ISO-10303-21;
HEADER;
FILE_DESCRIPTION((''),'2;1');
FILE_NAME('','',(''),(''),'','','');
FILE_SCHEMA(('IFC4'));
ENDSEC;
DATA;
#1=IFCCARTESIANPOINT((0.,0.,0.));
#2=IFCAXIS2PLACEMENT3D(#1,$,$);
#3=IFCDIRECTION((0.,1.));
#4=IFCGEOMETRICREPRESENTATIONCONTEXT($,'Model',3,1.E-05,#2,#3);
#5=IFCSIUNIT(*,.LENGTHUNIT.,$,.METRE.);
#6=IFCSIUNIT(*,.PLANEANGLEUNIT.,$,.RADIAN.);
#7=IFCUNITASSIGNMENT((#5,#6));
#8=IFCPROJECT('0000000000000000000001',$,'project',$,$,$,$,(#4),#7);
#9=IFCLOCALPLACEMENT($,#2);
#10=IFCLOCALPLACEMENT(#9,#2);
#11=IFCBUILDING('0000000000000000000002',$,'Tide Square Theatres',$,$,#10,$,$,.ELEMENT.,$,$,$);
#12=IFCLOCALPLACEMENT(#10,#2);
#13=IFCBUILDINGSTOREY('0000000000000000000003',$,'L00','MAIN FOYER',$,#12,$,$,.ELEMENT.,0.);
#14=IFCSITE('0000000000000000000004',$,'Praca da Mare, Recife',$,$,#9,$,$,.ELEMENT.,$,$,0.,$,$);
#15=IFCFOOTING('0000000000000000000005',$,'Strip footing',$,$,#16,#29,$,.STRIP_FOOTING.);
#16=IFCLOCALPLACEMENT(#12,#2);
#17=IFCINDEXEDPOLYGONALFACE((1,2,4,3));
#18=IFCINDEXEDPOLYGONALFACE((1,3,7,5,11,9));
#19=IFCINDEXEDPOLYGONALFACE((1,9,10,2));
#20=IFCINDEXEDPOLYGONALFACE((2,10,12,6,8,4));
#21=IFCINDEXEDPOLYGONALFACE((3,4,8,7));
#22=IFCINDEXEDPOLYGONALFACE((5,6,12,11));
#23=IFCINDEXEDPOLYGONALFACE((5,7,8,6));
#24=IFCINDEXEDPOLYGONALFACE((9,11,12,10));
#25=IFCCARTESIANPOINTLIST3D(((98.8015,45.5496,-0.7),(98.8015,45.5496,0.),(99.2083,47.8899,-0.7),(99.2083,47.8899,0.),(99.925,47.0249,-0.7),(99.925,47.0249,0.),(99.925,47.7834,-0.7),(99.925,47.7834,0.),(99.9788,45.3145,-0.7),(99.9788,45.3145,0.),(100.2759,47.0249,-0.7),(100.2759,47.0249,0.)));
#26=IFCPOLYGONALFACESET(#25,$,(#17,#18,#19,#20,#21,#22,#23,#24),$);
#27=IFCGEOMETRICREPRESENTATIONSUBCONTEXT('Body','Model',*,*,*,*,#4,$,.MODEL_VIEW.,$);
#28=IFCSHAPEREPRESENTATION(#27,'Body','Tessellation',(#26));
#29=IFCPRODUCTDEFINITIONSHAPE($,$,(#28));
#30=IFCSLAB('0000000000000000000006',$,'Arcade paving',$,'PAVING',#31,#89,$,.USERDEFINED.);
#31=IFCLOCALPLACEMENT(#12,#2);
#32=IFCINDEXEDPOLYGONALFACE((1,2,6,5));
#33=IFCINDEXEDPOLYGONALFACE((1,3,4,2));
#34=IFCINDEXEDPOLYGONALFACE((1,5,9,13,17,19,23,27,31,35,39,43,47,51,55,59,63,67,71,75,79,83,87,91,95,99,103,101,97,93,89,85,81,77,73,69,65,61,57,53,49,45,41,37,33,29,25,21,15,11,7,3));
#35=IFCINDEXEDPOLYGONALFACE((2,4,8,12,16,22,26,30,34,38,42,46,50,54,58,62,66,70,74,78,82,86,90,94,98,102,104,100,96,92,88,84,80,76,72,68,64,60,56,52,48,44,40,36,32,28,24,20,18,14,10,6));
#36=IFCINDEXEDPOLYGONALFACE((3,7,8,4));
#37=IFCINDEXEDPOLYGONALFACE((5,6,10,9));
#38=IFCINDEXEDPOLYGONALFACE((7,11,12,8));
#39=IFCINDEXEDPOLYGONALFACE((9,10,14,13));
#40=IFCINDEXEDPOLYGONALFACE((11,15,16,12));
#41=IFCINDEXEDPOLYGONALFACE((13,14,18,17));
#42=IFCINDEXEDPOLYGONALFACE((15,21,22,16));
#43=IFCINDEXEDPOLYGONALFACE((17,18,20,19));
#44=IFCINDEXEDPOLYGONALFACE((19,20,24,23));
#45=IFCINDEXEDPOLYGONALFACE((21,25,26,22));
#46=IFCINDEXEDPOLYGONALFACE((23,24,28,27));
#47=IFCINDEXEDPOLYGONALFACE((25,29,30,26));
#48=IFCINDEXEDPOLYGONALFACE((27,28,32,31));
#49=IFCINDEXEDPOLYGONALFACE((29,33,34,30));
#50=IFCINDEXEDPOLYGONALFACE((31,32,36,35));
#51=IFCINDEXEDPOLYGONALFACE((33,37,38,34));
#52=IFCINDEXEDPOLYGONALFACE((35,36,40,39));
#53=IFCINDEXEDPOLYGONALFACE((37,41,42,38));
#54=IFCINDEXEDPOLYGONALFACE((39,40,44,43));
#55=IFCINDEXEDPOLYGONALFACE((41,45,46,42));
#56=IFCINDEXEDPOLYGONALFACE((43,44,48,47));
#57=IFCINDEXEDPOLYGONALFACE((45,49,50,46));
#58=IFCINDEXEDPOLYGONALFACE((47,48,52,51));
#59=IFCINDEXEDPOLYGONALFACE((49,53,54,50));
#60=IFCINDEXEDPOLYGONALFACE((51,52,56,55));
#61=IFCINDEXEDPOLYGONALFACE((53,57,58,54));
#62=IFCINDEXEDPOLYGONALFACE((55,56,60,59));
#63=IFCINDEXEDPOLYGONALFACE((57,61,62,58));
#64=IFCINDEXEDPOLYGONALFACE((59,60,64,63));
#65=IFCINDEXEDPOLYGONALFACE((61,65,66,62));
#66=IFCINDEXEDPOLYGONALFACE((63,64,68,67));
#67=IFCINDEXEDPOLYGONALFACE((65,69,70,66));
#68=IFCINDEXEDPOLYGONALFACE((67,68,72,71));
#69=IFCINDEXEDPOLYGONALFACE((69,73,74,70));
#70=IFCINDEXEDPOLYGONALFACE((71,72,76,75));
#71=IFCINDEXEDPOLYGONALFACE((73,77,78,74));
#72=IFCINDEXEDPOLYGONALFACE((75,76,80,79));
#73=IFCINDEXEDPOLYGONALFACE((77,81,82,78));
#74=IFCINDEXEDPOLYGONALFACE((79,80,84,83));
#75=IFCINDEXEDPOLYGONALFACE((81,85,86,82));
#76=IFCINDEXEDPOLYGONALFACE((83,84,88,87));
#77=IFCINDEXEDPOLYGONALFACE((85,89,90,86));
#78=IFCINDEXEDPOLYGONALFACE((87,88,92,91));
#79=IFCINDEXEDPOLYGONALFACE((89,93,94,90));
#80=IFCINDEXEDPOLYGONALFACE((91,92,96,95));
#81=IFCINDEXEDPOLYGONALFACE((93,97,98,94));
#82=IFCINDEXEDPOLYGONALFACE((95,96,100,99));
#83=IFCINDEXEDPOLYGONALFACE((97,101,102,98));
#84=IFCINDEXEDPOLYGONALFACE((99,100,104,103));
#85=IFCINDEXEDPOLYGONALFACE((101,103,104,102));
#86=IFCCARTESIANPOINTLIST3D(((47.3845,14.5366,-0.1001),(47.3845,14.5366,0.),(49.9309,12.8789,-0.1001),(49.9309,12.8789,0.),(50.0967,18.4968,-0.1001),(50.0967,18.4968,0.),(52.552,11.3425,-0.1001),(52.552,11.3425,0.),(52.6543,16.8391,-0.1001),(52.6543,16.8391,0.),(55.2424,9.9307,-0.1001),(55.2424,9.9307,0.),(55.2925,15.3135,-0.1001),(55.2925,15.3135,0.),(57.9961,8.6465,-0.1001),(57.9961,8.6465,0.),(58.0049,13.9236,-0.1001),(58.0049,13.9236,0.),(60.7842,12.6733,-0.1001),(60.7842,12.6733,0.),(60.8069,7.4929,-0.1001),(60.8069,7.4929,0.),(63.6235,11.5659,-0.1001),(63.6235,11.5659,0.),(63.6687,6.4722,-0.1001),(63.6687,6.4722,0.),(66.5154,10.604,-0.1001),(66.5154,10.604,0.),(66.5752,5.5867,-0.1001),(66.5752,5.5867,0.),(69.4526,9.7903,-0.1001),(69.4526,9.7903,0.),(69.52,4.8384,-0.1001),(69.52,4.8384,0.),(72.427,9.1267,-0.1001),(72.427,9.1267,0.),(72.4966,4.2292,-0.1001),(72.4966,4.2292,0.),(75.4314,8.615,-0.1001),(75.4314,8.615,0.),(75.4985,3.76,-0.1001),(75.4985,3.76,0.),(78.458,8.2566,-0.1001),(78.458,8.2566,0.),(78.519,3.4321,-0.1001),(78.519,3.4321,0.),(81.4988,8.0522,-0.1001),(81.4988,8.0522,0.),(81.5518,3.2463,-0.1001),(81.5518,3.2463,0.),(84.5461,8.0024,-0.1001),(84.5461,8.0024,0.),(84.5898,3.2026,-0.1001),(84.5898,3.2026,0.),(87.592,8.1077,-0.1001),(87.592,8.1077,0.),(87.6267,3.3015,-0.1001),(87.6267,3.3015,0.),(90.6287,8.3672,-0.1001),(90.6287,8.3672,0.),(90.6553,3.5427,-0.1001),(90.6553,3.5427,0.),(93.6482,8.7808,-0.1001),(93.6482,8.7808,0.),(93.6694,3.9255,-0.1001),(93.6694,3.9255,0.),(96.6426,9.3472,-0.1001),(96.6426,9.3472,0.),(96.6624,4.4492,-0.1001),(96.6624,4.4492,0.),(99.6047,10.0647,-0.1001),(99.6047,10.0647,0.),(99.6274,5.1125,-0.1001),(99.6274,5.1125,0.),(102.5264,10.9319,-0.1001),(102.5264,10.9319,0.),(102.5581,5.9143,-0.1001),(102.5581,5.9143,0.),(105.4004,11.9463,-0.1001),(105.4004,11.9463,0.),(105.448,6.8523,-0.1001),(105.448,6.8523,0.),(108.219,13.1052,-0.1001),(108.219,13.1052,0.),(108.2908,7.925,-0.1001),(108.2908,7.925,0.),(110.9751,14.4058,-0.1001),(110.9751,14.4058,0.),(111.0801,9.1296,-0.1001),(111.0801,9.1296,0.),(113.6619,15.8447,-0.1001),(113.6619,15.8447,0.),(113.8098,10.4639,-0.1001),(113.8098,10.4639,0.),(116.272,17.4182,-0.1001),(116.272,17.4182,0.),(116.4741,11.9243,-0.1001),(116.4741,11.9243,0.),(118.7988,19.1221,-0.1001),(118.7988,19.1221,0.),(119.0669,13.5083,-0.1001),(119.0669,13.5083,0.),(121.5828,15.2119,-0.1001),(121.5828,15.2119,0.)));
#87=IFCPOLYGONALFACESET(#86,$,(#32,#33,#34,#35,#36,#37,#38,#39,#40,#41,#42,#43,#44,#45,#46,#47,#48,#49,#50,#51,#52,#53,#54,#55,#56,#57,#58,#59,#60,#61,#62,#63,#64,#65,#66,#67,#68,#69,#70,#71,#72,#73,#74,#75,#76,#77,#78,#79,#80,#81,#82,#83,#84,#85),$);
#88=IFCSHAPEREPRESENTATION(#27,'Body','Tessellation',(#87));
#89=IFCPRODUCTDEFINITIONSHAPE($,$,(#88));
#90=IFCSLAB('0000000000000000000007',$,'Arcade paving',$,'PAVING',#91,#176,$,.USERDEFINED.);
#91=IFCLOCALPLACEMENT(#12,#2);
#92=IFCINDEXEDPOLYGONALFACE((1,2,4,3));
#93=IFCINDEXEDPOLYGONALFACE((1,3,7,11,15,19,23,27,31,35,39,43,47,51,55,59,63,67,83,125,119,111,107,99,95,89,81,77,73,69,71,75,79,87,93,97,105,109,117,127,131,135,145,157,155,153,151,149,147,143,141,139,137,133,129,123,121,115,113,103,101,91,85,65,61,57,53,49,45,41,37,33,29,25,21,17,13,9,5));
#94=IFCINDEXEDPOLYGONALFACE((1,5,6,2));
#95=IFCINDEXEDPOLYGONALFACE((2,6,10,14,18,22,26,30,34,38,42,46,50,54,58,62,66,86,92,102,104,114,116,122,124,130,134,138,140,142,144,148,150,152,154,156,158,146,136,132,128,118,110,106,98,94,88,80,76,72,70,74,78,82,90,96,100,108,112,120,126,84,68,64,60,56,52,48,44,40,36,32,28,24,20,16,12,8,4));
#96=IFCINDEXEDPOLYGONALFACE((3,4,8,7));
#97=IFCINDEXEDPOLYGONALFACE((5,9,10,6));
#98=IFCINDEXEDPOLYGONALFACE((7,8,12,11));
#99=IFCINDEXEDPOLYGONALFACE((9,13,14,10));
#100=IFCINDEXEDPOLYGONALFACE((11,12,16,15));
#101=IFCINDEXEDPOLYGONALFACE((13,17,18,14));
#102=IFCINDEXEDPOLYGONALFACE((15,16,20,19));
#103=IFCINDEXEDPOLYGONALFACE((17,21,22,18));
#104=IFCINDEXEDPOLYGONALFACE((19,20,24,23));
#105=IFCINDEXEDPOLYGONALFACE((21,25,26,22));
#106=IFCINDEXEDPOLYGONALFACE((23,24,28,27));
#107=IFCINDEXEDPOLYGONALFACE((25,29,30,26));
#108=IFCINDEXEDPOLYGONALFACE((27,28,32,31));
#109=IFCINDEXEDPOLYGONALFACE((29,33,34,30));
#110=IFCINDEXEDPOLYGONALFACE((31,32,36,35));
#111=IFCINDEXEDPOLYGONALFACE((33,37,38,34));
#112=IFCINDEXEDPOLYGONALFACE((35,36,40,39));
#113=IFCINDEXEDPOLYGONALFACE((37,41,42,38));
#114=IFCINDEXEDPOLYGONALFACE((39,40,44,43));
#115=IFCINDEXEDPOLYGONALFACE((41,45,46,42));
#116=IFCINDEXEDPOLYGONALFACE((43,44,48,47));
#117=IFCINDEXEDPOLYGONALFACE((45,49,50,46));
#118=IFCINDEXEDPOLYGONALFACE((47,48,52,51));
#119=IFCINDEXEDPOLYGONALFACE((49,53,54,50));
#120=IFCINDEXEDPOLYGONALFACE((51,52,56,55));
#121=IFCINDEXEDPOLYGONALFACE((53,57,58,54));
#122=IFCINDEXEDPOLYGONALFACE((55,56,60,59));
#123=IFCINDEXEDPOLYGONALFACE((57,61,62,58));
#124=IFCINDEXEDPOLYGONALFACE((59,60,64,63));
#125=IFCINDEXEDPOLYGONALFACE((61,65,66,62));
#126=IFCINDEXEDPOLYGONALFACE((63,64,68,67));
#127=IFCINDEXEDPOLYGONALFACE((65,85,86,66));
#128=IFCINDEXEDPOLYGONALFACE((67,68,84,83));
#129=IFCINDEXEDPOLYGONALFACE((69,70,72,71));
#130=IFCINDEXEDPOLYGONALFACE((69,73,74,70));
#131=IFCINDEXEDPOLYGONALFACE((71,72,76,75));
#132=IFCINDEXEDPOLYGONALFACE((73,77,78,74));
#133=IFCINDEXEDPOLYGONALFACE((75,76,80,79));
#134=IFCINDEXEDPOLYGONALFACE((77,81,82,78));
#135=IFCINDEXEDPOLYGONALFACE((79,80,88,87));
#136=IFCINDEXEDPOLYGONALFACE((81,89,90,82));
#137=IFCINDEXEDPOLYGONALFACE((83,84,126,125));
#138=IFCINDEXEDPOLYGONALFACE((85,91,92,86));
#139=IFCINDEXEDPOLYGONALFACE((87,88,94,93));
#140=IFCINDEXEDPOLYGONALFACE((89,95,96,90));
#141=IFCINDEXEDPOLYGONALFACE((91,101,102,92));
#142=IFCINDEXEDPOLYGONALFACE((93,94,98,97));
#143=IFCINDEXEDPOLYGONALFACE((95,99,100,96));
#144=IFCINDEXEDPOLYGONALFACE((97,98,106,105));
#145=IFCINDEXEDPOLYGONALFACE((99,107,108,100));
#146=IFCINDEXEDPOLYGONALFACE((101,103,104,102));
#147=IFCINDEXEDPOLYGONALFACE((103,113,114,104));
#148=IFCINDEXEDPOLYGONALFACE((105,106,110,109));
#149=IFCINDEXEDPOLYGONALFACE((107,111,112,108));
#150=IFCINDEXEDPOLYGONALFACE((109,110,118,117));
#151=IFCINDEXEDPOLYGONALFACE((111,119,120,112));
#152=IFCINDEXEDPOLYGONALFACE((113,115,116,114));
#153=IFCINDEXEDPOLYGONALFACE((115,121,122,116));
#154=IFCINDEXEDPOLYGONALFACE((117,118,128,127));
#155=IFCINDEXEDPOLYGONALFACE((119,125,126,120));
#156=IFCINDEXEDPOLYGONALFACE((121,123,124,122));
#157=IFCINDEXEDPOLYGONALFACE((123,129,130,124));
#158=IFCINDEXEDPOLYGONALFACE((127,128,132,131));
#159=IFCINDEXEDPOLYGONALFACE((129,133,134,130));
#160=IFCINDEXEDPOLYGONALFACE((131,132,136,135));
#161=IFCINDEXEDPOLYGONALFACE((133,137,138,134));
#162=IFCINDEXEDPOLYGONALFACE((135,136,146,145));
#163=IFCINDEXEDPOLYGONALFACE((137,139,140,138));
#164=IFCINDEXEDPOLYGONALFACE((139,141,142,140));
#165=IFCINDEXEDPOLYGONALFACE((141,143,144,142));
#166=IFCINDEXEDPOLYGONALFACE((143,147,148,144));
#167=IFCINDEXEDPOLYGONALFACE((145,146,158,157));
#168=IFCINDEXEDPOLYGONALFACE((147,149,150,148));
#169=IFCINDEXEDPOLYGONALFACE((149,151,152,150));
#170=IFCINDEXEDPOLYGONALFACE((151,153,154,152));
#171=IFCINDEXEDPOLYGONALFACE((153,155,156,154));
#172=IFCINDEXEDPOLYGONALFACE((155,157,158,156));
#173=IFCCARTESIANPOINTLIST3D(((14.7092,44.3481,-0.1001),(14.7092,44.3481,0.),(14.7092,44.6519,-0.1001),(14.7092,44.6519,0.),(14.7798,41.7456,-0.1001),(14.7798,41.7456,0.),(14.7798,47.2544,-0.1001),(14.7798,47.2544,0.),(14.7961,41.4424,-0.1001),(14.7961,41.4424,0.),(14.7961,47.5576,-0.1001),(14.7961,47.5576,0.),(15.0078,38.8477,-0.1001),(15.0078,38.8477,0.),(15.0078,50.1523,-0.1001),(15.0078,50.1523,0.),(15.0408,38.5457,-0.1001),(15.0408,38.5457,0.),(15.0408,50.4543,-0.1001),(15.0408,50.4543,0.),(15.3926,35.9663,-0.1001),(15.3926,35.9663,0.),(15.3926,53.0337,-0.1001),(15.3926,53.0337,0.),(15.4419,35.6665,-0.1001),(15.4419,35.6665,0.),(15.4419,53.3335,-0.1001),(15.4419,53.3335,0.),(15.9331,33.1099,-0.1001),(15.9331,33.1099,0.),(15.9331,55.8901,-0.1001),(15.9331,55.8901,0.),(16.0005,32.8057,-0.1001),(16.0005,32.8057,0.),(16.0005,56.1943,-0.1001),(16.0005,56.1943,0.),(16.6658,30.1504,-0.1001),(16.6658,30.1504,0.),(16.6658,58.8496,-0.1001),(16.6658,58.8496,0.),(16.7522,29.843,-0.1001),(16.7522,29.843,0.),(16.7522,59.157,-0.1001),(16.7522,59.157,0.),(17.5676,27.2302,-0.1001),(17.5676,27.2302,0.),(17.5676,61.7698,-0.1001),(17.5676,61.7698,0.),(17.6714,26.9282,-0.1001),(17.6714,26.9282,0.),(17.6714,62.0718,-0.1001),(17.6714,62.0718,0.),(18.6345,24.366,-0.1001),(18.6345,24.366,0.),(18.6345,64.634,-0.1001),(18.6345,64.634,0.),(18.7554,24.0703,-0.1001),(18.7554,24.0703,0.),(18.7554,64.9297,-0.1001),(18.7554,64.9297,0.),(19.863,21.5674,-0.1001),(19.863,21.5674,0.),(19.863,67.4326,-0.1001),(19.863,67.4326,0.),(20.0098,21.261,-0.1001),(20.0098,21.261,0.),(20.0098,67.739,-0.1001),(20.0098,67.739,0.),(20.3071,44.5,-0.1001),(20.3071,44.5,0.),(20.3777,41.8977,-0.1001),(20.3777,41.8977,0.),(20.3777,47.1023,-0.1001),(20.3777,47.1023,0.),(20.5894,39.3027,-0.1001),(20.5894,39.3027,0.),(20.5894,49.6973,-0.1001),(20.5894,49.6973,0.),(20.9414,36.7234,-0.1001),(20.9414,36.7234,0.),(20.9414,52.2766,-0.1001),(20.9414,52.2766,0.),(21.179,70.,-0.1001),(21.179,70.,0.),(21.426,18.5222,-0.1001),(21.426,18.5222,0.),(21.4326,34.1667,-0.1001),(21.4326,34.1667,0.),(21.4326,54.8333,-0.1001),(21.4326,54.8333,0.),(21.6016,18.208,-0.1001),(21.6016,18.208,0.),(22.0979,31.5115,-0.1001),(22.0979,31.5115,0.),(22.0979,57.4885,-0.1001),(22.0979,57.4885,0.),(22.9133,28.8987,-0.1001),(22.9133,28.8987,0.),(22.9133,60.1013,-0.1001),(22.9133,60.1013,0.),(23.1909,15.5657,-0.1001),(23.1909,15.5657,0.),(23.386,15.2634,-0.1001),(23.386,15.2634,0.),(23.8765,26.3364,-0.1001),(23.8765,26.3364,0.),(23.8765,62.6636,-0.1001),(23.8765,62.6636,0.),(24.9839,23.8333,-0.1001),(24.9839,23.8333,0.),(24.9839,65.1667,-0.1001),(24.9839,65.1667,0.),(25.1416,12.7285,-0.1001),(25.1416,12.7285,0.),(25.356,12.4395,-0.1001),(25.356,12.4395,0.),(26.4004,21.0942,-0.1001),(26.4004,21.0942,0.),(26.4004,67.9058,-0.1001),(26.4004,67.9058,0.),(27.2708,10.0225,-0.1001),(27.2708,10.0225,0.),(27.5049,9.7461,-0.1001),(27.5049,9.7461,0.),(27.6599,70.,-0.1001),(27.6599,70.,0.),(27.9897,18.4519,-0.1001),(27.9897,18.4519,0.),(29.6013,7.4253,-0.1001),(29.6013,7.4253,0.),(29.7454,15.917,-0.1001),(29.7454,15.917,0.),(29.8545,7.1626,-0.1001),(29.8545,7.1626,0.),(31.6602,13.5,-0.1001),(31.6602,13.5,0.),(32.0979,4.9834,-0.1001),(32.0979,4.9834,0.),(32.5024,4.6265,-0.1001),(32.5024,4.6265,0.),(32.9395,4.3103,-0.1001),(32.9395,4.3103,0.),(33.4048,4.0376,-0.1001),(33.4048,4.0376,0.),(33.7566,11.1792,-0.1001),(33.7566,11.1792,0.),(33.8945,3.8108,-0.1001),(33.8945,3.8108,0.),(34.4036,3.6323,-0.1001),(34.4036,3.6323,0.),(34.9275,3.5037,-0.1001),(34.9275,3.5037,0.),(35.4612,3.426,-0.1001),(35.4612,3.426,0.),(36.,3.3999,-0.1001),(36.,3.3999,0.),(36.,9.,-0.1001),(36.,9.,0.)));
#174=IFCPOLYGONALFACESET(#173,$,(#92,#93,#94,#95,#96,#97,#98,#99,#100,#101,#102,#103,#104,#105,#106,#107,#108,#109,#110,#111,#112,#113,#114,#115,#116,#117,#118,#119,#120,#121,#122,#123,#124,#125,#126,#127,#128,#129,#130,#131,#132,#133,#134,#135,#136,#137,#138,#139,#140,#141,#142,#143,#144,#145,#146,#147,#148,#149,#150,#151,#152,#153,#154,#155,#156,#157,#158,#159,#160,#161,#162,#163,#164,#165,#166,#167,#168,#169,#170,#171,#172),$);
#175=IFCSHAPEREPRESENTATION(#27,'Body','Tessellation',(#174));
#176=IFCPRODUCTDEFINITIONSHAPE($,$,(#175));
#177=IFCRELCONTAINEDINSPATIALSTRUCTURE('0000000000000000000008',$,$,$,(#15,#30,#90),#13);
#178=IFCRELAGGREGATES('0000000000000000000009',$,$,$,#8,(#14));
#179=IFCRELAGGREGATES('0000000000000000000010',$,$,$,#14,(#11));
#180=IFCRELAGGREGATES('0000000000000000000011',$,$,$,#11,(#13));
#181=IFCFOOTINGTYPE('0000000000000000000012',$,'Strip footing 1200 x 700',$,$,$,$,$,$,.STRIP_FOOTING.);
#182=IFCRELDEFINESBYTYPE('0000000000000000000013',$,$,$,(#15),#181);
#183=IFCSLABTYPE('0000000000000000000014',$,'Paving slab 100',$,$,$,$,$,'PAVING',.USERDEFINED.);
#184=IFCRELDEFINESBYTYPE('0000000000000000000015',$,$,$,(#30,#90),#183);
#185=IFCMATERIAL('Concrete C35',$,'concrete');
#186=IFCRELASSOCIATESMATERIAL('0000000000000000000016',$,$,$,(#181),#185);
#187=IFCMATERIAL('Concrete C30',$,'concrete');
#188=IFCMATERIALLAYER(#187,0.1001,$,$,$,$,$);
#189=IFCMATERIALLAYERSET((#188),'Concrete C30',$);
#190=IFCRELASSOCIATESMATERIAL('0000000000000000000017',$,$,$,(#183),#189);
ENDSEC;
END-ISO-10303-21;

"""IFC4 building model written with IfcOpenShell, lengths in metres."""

from ifc_helpers import new_model, si_unit, direction, frame, origin, place, context, subcontext, project, spatial, polyline, outline, extrude, material, layer, layer_set, type_object, element, save


model = new_model("IFC4")

# Units and contexts
model_context = context("Model", 3, precision=1e-05, world=origin(), true_north=direction((0.0, 1.0)))
body_context = subcontext(model_context, "Body", "Model", "MODEL_VIEW")
ifc_project = project(units=[si_unit("LENGTHUNIT", "METRE"), si_unit("PLANEANGLEUNIT", "RADIAN")], contexts=[model_context])

# Site, building, storey
site_placement = place(None, origin())
site = spatial("IfcSite", under=ifc_project, at=site_placement, Name="Praca da Mare, Recife", CompositionType="ELEMENT", RefElevation=0.0)
building_placement = place(site_placement, origin())
building = spatial("IfcBuilding", under=site, at=building_placement, Name="Tide Square Theatres", CompositionType="ELEMENT")
storey_placement = place(building_placement, origin())
storey = spatial("IfcBuildingStorey", under=building, at=storey_placement, Name="L00", Description="MAIN FOYER", CompositionType="ELEMENT", Elevation=0.0)

# Footing
ifc_material_1 = material(Name="Concrete C35", Category="concrete")
footing_type = type_object("IfcFootingType", Name="Strip footing 1200 x 700", PredefinedType="STRIP_FOOTING", material=ifc_material_1)
footing_placement = place(storey_placement, frame((0.0, 0.0, -0.7)))
element("IfcFooting", 1, at=footing_placement, inside=storey, type_object=footing_type, Name="Strip footing", PredefinedType="STRIP_FOOTING", context=body_context, shape_type="SweptSolid", body=[
    extrude(outline(polyline([(99.9788, 45.3145), (98.8015, 45.5496), (99.2083, 47.8899), (99.925, 47.7834), (99.925, 47.0249), (100.2759, 47.0249), (99.9788, 45.3145)])), origin(), (0.0, 0.0, 1.0), 0.7),
])

# Slabs
ifc_material_2 = material(Name="Concrete C30", Category="concrete")
ifc_layer_1 = layer(ifc_material_2, 0.1001)
ifc_layer_set_1 = layer_set([ifc_layer_1], Name="Concrete C30")
slab_type_1 = type_object("IfcSlabType", Name="Paving slab 100", ElementType="PAVING", PredefinedType="USERDEFINED", material=ifc_layer_set_1)
slab_1_placement = place(storey_placement, frame((0.0, 0.0, -0.1001)))
element("IfcSlab", 2, at=slab_1_placement, inside=storey, type_object=slab_type_1, Name="Arcade paving", ObjectType="PAVING", PredefinedType="USERDEFINED", context=body_context, shape_type="SweptSolid", body=[
    extrude(outline(polyline([(47.3845, 14.5366), (49.9309, 12.8789), (52.552, 11.3425), (55.2424, 9.9307), (57.9961, 8.6465), (60.8069, 7.4929), (63.6687, 6.4722), (66.5752, 5.5867), (69.52, 4.8384), (72.4966, 4.2292), (75.4985, 3.76), (78.519, 3.4321), (81.5518, 3.2463), (84.5898, 3.2026), (87.6267, 3.3015), (90.6553, 3.5427), (93.6694, 3.9255), (96.6624, 4.4492), (99.6274, 5.1125), (102.5581, 5.9143), (105.448, 6.8523), (108.2908, 7.925), (111.0801, 9.1296), (113.8098, 10.4639), (116.4741, 11.9243), (119.0669, 13.5083), (121.5828, 15.2119), (118.7988, 19.1221), (116.272, 17.4182), (113.6619, 15.8447), (110.9751, 14.4058), (108.219, 13.1052), (105.4004, 11.9463), (102.5264, 10.9319), (99.6047, 10.0647), (96.6426, 9.3472), (93.6482, 8.7808), (90.6287, 8.3672), (87.592, 8.1077), (84.5461, 8.0024), (81.4988, 8.0522), (78.458, 8.2566), (75.4314, 8.615), (72.427, 9.1267), (69.4526, 9.7903), (66.5154, 10.604), (63.6235, 11.5659), (60.7842, 12.6733), (58.0049, 13.9236), (55.2925, 15.3135), (52.6543, 16.8391), (50.0967, 18.4968), (47.3845, 14.5366)])), origin(), (0.0, 0.0, 1.0), 0.1001),
])
slab_2_placement = place(storey_placement, frame((0.0, 0.0, -0.1001)))
element("IfcSlab", 3, at=slab_2_placement, inside=storey, type_object=slab_type_1, Name="Arcade paving", ObjectType="PAVING", PredefinedType="USERDEFINED", context=body_context, shape_type="SweptSolid", body=[
    extrude(outline(polyline([(27.5049, 9.7461), (29.6013, 7.4253), (29.8545, 7.1626), (32.0979, 4.9834), (32.5024, 4.6265), (32.9395, 4.3103), (33.4048, 4.0376), (33.8945, 3.8108), (34.4036, 3.6323), (34.9275, 3.5037), (35.4612, 3.426), (36.0, 3.3999), (36.0, 9.0), (33.7566, 11.1792), (31.6602, 13.5), (29.7454, 15.917), (27.9897, 18.4519), (26.4004, 21.0942), (24.9839, 23.8333), (23.8765, 26.3364), (22.9133, 28.8987), (22.0979, 31.5115), (21.4326, 34.1667), (20.9414, 36.7234), (20.5894, 39.3027), (20.3777, 41.8977), (20.3071, 44.5), (20.3777, 47.1023), (20.5894, 49.6973), (20.9414, 52.2766), (21.4326, 54.8333), (22.0979, 57.4885), (22.9133, 60.1013), (23.8765, 62.6636), (24.9839, 65.1667), (26.4004, 67.9058), (27.6599, 70.0), (21.179, 70.0), (20.0098, 67.739), (19.863, 67.4326), (18.7554, 64.9297), (18.6345, 64.634), (17.6714, 62.0718), (17.5676, 61.7698), (16.7522, 59.157), (16.6658, 58.8496), (16.0005, 56.1943), (15.9331, 55.8901), (15.4419, 53.3335), (15.3926, 53.0337), (15.0408, 50.4543), (15.0078, 50.1523), (14.7961, 47.5576), (14.7798, 47.2544), (14.7092, 44.6519), (14.7092, 44.3481), (14.7798, 41.7456), (14.7961, 41.4424), (15.0078, 38.8477), (15.0408, 38.5457), (15.3926, 35.9663), (15.4419, 35.6665), (15.9331, 33.1099), (16.0005, 32.8057), (16.6658, 30.1504), (16.7522, 29.843), (17.5676, 27.2302), (17.6714, 26.9282), (18.6345, 24.366), (18.7554, 24.0703), (19.863, 21.5674), (20.0098, 21.261), (21.426, 18.5222), (21.6016, 18.208), (23.1909, 15.5657), (23.386, 15.2634), (25.1416, 12.7285), (25.356, 12.4395), (27.2708, 10.0225), (27.5049, 9.7461)])), origin(), (0.0, 0.0, 1.0), 0.1001),
])

save(model, "model.ifc")
